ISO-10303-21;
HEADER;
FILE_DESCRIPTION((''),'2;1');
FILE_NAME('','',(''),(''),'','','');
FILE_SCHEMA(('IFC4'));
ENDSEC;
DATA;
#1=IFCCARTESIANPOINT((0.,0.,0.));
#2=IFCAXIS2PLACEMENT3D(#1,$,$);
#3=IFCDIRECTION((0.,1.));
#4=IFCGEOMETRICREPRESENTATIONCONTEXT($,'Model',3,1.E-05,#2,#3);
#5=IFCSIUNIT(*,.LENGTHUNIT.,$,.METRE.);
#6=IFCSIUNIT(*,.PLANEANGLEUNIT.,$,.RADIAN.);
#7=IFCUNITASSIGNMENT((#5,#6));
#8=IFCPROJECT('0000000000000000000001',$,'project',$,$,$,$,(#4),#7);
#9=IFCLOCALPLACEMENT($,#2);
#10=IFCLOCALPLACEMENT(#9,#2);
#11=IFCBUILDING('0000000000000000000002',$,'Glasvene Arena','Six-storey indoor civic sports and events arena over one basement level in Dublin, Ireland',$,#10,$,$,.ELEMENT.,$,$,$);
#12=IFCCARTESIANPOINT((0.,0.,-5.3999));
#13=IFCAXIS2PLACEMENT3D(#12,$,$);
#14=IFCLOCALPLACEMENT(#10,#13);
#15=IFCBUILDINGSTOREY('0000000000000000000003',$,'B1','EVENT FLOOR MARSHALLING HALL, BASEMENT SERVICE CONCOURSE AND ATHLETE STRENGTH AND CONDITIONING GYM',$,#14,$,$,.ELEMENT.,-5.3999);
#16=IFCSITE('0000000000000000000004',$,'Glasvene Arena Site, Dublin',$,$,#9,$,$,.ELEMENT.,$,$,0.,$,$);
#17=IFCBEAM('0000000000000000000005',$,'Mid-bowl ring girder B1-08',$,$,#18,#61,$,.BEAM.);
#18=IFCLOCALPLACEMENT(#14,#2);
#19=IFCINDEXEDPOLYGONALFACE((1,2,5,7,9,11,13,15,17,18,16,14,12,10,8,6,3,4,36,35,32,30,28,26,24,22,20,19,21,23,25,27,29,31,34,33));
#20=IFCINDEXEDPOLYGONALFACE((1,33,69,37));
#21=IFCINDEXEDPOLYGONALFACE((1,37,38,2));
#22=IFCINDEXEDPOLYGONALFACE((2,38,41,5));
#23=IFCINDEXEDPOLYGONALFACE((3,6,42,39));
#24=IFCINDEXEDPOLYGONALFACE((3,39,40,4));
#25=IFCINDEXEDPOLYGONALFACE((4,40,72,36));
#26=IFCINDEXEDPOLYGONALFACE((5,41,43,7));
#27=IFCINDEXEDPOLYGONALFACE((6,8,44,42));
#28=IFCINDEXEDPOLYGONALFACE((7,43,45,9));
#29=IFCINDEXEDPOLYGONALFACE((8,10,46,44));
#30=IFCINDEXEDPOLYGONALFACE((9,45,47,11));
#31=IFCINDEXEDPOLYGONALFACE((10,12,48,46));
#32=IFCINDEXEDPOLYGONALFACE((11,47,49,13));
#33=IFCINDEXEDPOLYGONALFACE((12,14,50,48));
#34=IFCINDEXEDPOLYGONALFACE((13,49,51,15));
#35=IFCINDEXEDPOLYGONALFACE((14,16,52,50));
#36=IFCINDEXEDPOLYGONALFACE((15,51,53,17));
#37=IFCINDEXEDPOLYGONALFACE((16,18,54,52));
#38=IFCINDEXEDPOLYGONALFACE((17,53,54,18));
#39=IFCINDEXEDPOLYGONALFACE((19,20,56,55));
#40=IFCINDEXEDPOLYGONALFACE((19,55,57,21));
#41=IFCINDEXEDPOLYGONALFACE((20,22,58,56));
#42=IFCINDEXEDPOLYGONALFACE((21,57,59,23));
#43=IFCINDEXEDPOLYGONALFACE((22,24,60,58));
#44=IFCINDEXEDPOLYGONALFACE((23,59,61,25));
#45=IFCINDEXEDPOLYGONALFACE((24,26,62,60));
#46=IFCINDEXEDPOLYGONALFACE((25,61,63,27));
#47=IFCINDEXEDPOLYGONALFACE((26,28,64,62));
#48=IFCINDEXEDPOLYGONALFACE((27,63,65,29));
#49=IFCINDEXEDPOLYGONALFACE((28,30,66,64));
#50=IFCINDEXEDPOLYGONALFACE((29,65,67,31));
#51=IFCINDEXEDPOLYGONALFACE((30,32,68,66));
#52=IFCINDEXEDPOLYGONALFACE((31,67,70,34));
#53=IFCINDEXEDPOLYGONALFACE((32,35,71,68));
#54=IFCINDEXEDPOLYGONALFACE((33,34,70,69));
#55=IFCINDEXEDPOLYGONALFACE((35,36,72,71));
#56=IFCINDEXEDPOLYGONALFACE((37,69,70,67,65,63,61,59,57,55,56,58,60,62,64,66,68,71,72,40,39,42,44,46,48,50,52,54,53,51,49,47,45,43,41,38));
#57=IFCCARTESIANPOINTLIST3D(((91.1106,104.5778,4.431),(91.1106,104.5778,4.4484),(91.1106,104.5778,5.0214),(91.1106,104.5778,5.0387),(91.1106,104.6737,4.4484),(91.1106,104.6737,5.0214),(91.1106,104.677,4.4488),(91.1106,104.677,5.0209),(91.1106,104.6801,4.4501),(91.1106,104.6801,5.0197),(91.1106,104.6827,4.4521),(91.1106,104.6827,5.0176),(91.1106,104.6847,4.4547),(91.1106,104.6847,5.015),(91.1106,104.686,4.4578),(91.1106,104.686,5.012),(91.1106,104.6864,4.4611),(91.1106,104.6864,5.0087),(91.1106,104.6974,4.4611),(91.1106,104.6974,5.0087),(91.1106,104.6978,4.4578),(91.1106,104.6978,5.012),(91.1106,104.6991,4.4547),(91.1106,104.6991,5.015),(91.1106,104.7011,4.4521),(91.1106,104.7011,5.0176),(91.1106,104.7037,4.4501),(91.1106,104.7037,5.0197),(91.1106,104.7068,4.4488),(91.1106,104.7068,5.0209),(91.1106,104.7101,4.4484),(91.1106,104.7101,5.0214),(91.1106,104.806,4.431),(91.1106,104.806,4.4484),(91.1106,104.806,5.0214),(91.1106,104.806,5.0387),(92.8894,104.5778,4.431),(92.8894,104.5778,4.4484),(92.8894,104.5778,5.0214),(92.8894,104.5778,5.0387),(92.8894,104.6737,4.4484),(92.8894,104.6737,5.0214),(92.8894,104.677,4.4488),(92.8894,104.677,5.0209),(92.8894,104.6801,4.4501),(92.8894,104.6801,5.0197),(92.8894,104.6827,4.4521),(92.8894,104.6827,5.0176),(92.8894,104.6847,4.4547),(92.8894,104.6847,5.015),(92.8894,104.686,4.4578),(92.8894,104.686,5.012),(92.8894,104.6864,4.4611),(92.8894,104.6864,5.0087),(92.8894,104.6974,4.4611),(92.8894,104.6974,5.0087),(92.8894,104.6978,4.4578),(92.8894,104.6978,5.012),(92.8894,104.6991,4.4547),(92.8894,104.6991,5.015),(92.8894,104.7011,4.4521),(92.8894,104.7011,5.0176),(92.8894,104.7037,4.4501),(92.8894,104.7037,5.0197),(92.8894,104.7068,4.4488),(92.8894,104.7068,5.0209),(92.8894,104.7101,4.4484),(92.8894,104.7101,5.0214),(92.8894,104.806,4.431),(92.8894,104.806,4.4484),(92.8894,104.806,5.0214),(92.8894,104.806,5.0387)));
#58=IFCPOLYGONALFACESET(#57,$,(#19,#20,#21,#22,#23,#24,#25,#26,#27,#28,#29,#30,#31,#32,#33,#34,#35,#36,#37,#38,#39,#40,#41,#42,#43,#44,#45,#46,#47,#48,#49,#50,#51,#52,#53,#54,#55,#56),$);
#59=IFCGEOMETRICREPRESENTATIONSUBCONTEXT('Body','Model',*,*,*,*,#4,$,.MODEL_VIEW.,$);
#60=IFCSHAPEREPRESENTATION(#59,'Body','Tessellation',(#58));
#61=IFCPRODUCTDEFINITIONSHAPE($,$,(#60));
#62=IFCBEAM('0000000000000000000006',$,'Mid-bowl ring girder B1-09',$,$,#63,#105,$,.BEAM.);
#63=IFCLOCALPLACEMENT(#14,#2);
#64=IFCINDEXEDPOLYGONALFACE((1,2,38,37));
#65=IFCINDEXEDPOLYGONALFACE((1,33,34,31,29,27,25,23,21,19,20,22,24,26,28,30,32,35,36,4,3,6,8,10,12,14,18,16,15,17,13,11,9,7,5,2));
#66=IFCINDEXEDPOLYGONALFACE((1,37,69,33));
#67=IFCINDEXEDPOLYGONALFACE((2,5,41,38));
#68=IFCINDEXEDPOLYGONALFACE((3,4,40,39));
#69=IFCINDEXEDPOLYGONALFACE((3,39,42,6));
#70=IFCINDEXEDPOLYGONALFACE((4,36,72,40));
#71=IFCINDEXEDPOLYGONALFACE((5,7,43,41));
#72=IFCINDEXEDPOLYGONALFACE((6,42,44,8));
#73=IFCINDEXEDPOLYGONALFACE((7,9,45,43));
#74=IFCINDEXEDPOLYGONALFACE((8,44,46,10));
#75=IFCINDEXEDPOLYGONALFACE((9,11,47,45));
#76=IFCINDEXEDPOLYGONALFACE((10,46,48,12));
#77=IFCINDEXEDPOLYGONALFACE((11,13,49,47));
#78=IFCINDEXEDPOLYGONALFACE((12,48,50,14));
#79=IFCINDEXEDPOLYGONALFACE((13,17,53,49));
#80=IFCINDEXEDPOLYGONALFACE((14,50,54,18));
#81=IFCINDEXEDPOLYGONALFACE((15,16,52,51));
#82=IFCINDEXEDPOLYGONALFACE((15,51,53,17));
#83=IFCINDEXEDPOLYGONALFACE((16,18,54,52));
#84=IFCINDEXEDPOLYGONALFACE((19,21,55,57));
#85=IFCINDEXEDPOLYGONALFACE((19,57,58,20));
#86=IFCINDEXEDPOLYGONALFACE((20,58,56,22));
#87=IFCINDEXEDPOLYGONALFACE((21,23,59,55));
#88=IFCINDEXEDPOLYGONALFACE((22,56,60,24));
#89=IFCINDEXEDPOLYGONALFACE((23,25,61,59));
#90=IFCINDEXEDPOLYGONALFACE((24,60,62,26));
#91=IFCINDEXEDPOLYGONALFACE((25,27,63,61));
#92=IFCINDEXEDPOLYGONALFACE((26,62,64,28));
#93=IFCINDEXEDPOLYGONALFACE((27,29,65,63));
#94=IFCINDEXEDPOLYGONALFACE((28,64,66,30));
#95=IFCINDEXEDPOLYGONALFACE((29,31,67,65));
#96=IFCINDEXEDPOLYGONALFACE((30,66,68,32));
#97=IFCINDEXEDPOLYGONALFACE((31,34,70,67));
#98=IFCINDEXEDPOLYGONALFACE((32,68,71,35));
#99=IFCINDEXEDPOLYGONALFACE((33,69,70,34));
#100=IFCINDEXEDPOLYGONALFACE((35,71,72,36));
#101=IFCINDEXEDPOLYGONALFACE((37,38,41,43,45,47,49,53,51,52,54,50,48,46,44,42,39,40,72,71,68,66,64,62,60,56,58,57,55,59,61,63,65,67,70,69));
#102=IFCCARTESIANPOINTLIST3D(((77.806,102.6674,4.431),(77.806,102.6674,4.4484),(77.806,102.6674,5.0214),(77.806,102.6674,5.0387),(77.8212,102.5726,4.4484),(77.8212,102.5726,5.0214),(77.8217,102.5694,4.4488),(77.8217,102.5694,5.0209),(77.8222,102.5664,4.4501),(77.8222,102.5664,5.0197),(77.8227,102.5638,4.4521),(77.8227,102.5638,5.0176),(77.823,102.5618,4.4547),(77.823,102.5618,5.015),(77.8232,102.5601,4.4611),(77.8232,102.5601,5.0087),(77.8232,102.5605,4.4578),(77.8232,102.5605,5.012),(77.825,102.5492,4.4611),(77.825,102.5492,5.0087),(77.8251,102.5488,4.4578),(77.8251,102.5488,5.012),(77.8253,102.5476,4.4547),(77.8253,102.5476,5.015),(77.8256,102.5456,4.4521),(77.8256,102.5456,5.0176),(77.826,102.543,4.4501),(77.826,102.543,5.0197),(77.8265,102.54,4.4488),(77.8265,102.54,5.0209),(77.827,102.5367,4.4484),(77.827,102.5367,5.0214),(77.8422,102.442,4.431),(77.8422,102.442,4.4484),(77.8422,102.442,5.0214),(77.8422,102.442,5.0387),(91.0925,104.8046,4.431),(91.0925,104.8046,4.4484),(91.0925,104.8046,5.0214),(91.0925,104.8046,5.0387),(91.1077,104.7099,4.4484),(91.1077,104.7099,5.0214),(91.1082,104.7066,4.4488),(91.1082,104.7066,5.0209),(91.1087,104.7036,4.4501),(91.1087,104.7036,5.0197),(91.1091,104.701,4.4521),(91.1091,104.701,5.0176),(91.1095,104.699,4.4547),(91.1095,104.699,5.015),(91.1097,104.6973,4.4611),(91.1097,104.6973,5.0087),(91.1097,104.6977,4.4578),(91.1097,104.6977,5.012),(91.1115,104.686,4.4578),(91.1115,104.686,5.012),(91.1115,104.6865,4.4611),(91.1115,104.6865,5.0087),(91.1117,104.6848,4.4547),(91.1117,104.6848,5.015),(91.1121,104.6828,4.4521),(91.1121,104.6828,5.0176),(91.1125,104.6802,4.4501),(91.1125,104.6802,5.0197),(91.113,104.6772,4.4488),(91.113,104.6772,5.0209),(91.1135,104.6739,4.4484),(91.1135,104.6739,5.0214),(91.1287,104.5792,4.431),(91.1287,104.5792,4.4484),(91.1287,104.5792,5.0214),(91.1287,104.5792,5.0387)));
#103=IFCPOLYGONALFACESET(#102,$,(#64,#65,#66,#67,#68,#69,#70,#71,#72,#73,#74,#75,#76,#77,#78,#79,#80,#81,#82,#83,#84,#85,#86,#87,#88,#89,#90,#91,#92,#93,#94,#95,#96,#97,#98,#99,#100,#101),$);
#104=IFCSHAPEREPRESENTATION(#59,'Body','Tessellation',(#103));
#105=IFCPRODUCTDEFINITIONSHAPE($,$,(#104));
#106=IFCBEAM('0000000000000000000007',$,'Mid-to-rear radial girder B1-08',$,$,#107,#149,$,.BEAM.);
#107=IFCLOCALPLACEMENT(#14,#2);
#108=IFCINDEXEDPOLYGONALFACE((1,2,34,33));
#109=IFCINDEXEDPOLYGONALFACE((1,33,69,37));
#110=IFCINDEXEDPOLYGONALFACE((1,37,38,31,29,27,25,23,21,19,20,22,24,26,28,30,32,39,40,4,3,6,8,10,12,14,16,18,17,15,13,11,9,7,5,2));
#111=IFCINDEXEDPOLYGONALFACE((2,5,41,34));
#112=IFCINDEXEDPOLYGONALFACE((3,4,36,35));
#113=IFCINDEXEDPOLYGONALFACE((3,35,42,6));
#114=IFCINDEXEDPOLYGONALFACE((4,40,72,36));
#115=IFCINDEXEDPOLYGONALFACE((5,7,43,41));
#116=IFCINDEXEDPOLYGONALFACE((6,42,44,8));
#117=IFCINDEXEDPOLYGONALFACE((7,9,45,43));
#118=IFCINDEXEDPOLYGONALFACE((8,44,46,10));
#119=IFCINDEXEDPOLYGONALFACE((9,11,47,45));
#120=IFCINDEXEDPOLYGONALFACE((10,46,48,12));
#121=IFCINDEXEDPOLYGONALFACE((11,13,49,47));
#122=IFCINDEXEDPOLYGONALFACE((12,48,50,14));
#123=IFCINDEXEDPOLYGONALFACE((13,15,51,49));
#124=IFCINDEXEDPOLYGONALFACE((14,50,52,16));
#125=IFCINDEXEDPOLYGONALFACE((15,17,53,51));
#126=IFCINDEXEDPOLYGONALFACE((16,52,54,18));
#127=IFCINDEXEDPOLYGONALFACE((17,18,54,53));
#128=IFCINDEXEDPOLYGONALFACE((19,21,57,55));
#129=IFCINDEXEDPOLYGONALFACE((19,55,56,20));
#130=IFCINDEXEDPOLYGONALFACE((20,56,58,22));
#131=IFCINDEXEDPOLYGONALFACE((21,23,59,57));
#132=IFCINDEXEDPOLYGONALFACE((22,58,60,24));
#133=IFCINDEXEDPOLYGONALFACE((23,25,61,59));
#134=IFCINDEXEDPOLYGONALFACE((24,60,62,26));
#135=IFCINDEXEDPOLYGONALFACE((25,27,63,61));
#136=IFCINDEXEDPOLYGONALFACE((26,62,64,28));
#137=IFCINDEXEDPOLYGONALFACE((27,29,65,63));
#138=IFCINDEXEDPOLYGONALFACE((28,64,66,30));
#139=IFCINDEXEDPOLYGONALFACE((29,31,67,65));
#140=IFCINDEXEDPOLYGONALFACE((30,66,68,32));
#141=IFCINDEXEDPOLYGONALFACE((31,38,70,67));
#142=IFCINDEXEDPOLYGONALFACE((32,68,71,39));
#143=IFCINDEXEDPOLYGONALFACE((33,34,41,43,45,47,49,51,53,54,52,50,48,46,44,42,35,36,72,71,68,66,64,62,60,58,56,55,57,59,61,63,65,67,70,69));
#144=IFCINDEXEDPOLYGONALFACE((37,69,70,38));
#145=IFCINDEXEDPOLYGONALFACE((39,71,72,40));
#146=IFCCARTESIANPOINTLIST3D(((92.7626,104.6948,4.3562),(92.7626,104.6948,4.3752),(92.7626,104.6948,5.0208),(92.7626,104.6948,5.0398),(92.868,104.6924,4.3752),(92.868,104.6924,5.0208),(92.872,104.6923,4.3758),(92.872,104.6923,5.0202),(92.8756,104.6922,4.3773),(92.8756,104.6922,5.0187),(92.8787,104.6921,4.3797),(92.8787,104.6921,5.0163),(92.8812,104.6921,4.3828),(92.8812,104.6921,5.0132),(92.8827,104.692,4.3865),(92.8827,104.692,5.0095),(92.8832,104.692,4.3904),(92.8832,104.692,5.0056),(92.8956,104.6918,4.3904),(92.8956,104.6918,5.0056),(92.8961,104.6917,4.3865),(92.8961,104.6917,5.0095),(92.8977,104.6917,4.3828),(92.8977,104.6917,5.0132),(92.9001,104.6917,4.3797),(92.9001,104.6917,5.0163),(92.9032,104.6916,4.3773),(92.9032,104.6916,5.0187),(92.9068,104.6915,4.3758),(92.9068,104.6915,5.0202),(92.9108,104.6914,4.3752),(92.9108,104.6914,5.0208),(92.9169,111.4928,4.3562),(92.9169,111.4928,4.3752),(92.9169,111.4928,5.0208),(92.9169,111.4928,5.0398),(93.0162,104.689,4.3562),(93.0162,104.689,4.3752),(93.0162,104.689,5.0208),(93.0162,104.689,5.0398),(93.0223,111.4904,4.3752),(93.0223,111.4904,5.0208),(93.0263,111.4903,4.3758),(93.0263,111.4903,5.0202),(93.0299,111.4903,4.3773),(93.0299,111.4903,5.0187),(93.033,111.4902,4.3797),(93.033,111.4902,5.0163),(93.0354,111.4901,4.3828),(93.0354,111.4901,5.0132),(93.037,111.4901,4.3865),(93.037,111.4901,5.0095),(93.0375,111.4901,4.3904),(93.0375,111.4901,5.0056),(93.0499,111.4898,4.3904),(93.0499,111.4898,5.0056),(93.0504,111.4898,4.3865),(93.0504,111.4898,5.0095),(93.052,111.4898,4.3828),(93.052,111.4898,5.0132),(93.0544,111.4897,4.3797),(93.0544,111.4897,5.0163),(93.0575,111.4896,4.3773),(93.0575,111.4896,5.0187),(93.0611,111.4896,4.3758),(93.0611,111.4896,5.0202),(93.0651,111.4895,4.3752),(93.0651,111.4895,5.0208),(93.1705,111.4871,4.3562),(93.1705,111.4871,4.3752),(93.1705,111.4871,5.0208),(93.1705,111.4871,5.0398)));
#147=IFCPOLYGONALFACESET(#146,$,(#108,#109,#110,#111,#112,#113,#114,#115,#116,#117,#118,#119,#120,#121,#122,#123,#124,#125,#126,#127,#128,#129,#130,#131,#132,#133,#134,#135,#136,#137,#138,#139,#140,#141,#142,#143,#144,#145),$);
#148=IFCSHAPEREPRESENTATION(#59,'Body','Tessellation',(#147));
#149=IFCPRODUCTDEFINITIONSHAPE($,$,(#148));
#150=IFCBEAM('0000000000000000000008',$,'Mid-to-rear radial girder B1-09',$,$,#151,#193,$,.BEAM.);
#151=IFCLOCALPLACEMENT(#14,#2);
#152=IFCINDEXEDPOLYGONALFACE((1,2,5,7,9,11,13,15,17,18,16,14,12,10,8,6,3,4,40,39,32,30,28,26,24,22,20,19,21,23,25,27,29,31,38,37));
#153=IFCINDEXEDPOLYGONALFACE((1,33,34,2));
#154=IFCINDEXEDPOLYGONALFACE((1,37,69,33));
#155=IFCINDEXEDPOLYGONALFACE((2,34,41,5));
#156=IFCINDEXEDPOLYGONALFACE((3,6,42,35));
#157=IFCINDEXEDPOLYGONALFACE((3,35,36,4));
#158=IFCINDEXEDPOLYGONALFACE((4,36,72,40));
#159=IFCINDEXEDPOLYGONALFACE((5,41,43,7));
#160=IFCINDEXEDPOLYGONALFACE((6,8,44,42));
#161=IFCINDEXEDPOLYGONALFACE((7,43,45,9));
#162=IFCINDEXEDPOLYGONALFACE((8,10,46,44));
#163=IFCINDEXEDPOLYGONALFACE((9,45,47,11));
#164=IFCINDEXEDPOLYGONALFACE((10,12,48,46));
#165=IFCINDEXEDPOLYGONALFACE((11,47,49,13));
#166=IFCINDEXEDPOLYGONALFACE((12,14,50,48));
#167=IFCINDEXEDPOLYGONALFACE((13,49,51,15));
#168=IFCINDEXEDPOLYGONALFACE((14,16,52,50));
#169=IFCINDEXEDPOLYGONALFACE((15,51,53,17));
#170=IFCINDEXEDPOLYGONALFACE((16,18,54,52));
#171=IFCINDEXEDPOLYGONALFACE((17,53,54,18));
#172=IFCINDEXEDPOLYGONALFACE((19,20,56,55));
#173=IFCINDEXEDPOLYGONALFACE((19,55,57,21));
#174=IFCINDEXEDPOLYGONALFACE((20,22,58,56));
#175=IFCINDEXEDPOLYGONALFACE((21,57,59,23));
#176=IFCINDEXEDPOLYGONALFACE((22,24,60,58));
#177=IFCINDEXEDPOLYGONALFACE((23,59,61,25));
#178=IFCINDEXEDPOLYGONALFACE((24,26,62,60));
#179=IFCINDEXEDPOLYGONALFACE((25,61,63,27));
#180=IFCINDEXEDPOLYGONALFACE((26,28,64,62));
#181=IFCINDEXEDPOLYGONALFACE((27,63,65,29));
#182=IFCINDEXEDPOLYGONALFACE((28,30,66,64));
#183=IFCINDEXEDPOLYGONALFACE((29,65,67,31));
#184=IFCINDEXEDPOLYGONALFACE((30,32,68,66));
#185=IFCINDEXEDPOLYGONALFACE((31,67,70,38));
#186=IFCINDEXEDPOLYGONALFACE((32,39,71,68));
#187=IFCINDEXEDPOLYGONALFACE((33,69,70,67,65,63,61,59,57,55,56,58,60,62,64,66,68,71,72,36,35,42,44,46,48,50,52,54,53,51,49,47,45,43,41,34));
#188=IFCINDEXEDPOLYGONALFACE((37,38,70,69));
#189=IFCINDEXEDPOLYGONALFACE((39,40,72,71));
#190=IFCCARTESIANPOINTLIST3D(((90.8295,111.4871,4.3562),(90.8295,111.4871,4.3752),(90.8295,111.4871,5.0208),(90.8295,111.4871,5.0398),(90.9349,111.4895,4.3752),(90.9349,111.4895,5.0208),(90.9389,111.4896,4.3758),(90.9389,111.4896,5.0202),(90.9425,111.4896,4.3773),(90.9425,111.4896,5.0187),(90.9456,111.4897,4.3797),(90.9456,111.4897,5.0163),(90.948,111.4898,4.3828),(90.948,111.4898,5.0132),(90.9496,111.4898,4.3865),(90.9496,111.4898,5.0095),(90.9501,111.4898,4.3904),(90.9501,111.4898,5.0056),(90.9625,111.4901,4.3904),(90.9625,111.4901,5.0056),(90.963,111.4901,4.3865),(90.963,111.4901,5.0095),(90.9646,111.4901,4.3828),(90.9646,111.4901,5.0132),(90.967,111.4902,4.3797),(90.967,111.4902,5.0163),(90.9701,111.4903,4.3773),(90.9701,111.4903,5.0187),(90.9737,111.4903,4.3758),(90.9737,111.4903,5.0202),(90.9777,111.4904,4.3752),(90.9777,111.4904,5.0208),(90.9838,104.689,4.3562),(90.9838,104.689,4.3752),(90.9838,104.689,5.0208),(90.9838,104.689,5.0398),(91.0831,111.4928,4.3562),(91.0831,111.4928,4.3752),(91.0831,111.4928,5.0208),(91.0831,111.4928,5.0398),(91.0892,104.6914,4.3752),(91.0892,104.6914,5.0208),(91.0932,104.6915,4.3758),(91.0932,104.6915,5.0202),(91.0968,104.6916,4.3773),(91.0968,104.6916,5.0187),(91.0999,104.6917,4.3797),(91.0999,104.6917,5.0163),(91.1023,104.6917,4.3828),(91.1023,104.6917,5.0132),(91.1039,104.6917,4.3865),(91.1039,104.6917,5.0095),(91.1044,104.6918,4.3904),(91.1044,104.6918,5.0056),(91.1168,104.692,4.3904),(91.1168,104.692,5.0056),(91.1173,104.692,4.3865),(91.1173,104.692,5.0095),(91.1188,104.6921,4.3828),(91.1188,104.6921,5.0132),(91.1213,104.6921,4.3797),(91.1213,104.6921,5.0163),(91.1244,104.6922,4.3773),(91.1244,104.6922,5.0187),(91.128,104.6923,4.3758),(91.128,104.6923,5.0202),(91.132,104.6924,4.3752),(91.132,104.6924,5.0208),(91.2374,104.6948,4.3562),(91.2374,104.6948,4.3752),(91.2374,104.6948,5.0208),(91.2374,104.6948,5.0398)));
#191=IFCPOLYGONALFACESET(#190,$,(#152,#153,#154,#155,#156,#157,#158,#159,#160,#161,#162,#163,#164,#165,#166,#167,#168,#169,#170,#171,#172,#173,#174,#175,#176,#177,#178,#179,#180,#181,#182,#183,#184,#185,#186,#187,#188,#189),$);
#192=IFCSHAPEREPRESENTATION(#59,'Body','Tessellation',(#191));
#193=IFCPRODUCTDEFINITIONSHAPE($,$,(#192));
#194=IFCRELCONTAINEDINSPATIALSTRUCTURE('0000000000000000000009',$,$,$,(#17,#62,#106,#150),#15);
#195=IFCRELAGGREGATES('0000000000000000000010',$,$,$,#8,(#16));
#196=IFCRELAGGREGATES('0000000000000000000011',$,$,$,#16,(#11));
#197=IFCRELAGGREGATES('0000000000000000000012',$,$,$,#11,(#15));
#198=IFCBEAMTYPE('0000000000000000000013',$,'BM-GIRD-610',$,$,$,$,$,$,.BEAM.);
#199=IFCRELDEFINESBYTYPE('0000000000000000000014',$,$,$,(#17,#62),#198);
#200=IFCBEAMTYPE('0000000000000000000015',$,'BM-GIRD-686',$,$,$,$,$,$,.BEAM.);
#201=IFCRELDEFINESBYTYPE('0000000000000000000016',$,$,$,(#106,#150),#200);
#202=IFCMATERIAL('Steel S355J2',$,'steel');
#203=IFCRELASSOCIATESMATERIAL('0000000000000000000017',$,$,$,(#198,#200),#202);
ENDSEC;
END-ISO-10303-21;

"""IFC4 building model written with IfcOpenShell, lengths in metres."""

from ifc_helpers import new_model, si_unit, direction, frame, origin, origin_2d, place, context, subcontext, project, spatial, i_section, extrude, material, material_profile, profile_set, type_object, element, save


model = new_model("IFC4")

# Units and contexts
model_context = context("Model", 3, precision=1e-05, world=origin(), true_north=direction((0.0, 1.0)))
body_context = subcontext(model_context, "Body", "Model", "MODEL_VIEW")
ifc_project = project(units=[si_unit("LENGTHUNIT", "METRE"), si_unit("PLANEANGLEUNIT", "RADIAN")], contexts=[model_context])

# Site, building, storey
site_placement = place(None, origin())
site = spatial("IfcSite", under=ifc_project, at=site_placement, Name="Glasvene Arena Site, Dublin", CompositionType="ELEMENT", RefElevation=0.0)
building_placement = place(site_placement, origin())
building = spatial("IfcBuilding", under=site, at=building_placement, Name="Glasvene Arena", Description="Six-storey indoor civic sports and events arena over one basement level in Dublin, Ireland", CompositionType="ELEMENT")
storey_placement = place(building_placement, frame((0.0, 0.0, -5.3999)))
storey = spatial("IfcBuildingStorey", under=building, at=storey_placement, Name="B1", Description="EVENT FLOOR MARSHALLING HALL, BASEMENT SERVICE CONCOURSE AND ATHLETE STRENGTH AND CONDITIONING GYM", CompositionType="ELEMENT", Elevation=-5.3999)

# Shared definitions
ifc_material_1 = material(Name="Steel S355J2", Category="steel")

# Beams
ifc_material_profile_1 = material_profile(ifc_material_1, i_section(OverallWidth=0.2283, OverallDepth=0.6077, WebThickness=0.011, FlangeThickness=0.0173, FilletRadius=0.0127, at=origin_2d()), Name="UKB 610x229x113")
ifc_profile_set_1 = profile_set([ifc_material_profile_1], Name="Steel S355J2")
beam_type_1 = type_object("IfcBeamType", Name="BM-GIRD-610", PredefinedType="BEAM", material=ifc_profile_set_1)
beam_1_placement = place(storey_placement, frame((92.8894, 104.6919, 4.7349), z_axis=(-1.0, 0.0, 0.0), x_axis=(0.0, -1.0, 0.0)))
element("IfcBeam", 1, at=beam_1_placement, inside=storey, type_object=beam_type_1, Name="Mid-bowl ring girder B1-08", PredefinedType="BEAM", context=body_context, shape_type="SweptSolid", body=[
    extrude(i_section(OverallWidth=0.2283, OverallDepth=0.6077, WebThickness=0.011, FlangeThickness=0.0173, FilletRadius=0.0127, at=origin_2d()), origin(), (0.0, 0.0, 1.0), 1.7788),
])
beam_2_placement = place(storey_placement, frame((91.1106, 104.6919, 4.7349), z_axis=(-0.987308, -0.158815, 0.0), x_axis=(0.158815, -0.987308, 0.0)))
element("IfcBeam", 2, at=beam_2_placement, inside=storey, type_object=beam_type_1, Name="Mid-bowl ring girder B1-09", PredefinedType="BEAM", context=body_context, shape_type="SweptSolid", body=[
    extrude(i_section(OverallWidth=0.2283, OverallDepth=0.6077, WebThickness=0.011, FlangeThickness=0.0173, FilletRadius=0.0127, at=origin_2d()), origin(), (0.0, 0.0, 1.0), 13.4573),
])
ifc_material_profile_2 = material_profile(ifc_material_1, i_section(OverallWidth=0.2537, OverallDepth=0.6836, WebThickness=0.0125, FlangeThickness=0.019, FilletRadius=0.0151, at=origin_2d()), Name="UKB 686x254x140")
ifc_profile_set_2 = profile_set([ifc_material_profile_2], Name="Steel S355J2")
beam_type_2 = type_object("IfcBeamType", Name="BM-GIRD-686", PredefinedType="BEAM", material=ifc_profile_set_2)
for number, where, z_axis, x_axis, name in (
    (3, (92.8894, 104.6919, 4.698), (0.022691, 0.999743, 0.0), (-0.999743, 0.022691, 0.0), "Mid-to-rear radial girder B1-08"),
    (4, (91.1106, 104.6919, 4.698), (-0.022691, 0.999743, 0.0), (-0.999743, -0.022691, 0.0), "Mid-to-rear radial girder B1-09"),
):
    element("IfcBeam", number, at=place(storey_placement, frame(where, z_axis=z_axis, x_axis=x_axis)), inside=storey, type_object=beam_type_2, Name=name, PredefinedType="BEAM", context=body_context, shape_type="SweptSolid", body=[
        extrude(i_section(OverallWidth=0.2537, OverallDepth=0.6836, WebThickness=0.0125, FlangeThickness=0.019, FilletRadius=0.0151, at=origin_2d()), origin(), (0.0, 0.0, 1.0), 6.7998),
    ])

save(model, "model.ifc")
